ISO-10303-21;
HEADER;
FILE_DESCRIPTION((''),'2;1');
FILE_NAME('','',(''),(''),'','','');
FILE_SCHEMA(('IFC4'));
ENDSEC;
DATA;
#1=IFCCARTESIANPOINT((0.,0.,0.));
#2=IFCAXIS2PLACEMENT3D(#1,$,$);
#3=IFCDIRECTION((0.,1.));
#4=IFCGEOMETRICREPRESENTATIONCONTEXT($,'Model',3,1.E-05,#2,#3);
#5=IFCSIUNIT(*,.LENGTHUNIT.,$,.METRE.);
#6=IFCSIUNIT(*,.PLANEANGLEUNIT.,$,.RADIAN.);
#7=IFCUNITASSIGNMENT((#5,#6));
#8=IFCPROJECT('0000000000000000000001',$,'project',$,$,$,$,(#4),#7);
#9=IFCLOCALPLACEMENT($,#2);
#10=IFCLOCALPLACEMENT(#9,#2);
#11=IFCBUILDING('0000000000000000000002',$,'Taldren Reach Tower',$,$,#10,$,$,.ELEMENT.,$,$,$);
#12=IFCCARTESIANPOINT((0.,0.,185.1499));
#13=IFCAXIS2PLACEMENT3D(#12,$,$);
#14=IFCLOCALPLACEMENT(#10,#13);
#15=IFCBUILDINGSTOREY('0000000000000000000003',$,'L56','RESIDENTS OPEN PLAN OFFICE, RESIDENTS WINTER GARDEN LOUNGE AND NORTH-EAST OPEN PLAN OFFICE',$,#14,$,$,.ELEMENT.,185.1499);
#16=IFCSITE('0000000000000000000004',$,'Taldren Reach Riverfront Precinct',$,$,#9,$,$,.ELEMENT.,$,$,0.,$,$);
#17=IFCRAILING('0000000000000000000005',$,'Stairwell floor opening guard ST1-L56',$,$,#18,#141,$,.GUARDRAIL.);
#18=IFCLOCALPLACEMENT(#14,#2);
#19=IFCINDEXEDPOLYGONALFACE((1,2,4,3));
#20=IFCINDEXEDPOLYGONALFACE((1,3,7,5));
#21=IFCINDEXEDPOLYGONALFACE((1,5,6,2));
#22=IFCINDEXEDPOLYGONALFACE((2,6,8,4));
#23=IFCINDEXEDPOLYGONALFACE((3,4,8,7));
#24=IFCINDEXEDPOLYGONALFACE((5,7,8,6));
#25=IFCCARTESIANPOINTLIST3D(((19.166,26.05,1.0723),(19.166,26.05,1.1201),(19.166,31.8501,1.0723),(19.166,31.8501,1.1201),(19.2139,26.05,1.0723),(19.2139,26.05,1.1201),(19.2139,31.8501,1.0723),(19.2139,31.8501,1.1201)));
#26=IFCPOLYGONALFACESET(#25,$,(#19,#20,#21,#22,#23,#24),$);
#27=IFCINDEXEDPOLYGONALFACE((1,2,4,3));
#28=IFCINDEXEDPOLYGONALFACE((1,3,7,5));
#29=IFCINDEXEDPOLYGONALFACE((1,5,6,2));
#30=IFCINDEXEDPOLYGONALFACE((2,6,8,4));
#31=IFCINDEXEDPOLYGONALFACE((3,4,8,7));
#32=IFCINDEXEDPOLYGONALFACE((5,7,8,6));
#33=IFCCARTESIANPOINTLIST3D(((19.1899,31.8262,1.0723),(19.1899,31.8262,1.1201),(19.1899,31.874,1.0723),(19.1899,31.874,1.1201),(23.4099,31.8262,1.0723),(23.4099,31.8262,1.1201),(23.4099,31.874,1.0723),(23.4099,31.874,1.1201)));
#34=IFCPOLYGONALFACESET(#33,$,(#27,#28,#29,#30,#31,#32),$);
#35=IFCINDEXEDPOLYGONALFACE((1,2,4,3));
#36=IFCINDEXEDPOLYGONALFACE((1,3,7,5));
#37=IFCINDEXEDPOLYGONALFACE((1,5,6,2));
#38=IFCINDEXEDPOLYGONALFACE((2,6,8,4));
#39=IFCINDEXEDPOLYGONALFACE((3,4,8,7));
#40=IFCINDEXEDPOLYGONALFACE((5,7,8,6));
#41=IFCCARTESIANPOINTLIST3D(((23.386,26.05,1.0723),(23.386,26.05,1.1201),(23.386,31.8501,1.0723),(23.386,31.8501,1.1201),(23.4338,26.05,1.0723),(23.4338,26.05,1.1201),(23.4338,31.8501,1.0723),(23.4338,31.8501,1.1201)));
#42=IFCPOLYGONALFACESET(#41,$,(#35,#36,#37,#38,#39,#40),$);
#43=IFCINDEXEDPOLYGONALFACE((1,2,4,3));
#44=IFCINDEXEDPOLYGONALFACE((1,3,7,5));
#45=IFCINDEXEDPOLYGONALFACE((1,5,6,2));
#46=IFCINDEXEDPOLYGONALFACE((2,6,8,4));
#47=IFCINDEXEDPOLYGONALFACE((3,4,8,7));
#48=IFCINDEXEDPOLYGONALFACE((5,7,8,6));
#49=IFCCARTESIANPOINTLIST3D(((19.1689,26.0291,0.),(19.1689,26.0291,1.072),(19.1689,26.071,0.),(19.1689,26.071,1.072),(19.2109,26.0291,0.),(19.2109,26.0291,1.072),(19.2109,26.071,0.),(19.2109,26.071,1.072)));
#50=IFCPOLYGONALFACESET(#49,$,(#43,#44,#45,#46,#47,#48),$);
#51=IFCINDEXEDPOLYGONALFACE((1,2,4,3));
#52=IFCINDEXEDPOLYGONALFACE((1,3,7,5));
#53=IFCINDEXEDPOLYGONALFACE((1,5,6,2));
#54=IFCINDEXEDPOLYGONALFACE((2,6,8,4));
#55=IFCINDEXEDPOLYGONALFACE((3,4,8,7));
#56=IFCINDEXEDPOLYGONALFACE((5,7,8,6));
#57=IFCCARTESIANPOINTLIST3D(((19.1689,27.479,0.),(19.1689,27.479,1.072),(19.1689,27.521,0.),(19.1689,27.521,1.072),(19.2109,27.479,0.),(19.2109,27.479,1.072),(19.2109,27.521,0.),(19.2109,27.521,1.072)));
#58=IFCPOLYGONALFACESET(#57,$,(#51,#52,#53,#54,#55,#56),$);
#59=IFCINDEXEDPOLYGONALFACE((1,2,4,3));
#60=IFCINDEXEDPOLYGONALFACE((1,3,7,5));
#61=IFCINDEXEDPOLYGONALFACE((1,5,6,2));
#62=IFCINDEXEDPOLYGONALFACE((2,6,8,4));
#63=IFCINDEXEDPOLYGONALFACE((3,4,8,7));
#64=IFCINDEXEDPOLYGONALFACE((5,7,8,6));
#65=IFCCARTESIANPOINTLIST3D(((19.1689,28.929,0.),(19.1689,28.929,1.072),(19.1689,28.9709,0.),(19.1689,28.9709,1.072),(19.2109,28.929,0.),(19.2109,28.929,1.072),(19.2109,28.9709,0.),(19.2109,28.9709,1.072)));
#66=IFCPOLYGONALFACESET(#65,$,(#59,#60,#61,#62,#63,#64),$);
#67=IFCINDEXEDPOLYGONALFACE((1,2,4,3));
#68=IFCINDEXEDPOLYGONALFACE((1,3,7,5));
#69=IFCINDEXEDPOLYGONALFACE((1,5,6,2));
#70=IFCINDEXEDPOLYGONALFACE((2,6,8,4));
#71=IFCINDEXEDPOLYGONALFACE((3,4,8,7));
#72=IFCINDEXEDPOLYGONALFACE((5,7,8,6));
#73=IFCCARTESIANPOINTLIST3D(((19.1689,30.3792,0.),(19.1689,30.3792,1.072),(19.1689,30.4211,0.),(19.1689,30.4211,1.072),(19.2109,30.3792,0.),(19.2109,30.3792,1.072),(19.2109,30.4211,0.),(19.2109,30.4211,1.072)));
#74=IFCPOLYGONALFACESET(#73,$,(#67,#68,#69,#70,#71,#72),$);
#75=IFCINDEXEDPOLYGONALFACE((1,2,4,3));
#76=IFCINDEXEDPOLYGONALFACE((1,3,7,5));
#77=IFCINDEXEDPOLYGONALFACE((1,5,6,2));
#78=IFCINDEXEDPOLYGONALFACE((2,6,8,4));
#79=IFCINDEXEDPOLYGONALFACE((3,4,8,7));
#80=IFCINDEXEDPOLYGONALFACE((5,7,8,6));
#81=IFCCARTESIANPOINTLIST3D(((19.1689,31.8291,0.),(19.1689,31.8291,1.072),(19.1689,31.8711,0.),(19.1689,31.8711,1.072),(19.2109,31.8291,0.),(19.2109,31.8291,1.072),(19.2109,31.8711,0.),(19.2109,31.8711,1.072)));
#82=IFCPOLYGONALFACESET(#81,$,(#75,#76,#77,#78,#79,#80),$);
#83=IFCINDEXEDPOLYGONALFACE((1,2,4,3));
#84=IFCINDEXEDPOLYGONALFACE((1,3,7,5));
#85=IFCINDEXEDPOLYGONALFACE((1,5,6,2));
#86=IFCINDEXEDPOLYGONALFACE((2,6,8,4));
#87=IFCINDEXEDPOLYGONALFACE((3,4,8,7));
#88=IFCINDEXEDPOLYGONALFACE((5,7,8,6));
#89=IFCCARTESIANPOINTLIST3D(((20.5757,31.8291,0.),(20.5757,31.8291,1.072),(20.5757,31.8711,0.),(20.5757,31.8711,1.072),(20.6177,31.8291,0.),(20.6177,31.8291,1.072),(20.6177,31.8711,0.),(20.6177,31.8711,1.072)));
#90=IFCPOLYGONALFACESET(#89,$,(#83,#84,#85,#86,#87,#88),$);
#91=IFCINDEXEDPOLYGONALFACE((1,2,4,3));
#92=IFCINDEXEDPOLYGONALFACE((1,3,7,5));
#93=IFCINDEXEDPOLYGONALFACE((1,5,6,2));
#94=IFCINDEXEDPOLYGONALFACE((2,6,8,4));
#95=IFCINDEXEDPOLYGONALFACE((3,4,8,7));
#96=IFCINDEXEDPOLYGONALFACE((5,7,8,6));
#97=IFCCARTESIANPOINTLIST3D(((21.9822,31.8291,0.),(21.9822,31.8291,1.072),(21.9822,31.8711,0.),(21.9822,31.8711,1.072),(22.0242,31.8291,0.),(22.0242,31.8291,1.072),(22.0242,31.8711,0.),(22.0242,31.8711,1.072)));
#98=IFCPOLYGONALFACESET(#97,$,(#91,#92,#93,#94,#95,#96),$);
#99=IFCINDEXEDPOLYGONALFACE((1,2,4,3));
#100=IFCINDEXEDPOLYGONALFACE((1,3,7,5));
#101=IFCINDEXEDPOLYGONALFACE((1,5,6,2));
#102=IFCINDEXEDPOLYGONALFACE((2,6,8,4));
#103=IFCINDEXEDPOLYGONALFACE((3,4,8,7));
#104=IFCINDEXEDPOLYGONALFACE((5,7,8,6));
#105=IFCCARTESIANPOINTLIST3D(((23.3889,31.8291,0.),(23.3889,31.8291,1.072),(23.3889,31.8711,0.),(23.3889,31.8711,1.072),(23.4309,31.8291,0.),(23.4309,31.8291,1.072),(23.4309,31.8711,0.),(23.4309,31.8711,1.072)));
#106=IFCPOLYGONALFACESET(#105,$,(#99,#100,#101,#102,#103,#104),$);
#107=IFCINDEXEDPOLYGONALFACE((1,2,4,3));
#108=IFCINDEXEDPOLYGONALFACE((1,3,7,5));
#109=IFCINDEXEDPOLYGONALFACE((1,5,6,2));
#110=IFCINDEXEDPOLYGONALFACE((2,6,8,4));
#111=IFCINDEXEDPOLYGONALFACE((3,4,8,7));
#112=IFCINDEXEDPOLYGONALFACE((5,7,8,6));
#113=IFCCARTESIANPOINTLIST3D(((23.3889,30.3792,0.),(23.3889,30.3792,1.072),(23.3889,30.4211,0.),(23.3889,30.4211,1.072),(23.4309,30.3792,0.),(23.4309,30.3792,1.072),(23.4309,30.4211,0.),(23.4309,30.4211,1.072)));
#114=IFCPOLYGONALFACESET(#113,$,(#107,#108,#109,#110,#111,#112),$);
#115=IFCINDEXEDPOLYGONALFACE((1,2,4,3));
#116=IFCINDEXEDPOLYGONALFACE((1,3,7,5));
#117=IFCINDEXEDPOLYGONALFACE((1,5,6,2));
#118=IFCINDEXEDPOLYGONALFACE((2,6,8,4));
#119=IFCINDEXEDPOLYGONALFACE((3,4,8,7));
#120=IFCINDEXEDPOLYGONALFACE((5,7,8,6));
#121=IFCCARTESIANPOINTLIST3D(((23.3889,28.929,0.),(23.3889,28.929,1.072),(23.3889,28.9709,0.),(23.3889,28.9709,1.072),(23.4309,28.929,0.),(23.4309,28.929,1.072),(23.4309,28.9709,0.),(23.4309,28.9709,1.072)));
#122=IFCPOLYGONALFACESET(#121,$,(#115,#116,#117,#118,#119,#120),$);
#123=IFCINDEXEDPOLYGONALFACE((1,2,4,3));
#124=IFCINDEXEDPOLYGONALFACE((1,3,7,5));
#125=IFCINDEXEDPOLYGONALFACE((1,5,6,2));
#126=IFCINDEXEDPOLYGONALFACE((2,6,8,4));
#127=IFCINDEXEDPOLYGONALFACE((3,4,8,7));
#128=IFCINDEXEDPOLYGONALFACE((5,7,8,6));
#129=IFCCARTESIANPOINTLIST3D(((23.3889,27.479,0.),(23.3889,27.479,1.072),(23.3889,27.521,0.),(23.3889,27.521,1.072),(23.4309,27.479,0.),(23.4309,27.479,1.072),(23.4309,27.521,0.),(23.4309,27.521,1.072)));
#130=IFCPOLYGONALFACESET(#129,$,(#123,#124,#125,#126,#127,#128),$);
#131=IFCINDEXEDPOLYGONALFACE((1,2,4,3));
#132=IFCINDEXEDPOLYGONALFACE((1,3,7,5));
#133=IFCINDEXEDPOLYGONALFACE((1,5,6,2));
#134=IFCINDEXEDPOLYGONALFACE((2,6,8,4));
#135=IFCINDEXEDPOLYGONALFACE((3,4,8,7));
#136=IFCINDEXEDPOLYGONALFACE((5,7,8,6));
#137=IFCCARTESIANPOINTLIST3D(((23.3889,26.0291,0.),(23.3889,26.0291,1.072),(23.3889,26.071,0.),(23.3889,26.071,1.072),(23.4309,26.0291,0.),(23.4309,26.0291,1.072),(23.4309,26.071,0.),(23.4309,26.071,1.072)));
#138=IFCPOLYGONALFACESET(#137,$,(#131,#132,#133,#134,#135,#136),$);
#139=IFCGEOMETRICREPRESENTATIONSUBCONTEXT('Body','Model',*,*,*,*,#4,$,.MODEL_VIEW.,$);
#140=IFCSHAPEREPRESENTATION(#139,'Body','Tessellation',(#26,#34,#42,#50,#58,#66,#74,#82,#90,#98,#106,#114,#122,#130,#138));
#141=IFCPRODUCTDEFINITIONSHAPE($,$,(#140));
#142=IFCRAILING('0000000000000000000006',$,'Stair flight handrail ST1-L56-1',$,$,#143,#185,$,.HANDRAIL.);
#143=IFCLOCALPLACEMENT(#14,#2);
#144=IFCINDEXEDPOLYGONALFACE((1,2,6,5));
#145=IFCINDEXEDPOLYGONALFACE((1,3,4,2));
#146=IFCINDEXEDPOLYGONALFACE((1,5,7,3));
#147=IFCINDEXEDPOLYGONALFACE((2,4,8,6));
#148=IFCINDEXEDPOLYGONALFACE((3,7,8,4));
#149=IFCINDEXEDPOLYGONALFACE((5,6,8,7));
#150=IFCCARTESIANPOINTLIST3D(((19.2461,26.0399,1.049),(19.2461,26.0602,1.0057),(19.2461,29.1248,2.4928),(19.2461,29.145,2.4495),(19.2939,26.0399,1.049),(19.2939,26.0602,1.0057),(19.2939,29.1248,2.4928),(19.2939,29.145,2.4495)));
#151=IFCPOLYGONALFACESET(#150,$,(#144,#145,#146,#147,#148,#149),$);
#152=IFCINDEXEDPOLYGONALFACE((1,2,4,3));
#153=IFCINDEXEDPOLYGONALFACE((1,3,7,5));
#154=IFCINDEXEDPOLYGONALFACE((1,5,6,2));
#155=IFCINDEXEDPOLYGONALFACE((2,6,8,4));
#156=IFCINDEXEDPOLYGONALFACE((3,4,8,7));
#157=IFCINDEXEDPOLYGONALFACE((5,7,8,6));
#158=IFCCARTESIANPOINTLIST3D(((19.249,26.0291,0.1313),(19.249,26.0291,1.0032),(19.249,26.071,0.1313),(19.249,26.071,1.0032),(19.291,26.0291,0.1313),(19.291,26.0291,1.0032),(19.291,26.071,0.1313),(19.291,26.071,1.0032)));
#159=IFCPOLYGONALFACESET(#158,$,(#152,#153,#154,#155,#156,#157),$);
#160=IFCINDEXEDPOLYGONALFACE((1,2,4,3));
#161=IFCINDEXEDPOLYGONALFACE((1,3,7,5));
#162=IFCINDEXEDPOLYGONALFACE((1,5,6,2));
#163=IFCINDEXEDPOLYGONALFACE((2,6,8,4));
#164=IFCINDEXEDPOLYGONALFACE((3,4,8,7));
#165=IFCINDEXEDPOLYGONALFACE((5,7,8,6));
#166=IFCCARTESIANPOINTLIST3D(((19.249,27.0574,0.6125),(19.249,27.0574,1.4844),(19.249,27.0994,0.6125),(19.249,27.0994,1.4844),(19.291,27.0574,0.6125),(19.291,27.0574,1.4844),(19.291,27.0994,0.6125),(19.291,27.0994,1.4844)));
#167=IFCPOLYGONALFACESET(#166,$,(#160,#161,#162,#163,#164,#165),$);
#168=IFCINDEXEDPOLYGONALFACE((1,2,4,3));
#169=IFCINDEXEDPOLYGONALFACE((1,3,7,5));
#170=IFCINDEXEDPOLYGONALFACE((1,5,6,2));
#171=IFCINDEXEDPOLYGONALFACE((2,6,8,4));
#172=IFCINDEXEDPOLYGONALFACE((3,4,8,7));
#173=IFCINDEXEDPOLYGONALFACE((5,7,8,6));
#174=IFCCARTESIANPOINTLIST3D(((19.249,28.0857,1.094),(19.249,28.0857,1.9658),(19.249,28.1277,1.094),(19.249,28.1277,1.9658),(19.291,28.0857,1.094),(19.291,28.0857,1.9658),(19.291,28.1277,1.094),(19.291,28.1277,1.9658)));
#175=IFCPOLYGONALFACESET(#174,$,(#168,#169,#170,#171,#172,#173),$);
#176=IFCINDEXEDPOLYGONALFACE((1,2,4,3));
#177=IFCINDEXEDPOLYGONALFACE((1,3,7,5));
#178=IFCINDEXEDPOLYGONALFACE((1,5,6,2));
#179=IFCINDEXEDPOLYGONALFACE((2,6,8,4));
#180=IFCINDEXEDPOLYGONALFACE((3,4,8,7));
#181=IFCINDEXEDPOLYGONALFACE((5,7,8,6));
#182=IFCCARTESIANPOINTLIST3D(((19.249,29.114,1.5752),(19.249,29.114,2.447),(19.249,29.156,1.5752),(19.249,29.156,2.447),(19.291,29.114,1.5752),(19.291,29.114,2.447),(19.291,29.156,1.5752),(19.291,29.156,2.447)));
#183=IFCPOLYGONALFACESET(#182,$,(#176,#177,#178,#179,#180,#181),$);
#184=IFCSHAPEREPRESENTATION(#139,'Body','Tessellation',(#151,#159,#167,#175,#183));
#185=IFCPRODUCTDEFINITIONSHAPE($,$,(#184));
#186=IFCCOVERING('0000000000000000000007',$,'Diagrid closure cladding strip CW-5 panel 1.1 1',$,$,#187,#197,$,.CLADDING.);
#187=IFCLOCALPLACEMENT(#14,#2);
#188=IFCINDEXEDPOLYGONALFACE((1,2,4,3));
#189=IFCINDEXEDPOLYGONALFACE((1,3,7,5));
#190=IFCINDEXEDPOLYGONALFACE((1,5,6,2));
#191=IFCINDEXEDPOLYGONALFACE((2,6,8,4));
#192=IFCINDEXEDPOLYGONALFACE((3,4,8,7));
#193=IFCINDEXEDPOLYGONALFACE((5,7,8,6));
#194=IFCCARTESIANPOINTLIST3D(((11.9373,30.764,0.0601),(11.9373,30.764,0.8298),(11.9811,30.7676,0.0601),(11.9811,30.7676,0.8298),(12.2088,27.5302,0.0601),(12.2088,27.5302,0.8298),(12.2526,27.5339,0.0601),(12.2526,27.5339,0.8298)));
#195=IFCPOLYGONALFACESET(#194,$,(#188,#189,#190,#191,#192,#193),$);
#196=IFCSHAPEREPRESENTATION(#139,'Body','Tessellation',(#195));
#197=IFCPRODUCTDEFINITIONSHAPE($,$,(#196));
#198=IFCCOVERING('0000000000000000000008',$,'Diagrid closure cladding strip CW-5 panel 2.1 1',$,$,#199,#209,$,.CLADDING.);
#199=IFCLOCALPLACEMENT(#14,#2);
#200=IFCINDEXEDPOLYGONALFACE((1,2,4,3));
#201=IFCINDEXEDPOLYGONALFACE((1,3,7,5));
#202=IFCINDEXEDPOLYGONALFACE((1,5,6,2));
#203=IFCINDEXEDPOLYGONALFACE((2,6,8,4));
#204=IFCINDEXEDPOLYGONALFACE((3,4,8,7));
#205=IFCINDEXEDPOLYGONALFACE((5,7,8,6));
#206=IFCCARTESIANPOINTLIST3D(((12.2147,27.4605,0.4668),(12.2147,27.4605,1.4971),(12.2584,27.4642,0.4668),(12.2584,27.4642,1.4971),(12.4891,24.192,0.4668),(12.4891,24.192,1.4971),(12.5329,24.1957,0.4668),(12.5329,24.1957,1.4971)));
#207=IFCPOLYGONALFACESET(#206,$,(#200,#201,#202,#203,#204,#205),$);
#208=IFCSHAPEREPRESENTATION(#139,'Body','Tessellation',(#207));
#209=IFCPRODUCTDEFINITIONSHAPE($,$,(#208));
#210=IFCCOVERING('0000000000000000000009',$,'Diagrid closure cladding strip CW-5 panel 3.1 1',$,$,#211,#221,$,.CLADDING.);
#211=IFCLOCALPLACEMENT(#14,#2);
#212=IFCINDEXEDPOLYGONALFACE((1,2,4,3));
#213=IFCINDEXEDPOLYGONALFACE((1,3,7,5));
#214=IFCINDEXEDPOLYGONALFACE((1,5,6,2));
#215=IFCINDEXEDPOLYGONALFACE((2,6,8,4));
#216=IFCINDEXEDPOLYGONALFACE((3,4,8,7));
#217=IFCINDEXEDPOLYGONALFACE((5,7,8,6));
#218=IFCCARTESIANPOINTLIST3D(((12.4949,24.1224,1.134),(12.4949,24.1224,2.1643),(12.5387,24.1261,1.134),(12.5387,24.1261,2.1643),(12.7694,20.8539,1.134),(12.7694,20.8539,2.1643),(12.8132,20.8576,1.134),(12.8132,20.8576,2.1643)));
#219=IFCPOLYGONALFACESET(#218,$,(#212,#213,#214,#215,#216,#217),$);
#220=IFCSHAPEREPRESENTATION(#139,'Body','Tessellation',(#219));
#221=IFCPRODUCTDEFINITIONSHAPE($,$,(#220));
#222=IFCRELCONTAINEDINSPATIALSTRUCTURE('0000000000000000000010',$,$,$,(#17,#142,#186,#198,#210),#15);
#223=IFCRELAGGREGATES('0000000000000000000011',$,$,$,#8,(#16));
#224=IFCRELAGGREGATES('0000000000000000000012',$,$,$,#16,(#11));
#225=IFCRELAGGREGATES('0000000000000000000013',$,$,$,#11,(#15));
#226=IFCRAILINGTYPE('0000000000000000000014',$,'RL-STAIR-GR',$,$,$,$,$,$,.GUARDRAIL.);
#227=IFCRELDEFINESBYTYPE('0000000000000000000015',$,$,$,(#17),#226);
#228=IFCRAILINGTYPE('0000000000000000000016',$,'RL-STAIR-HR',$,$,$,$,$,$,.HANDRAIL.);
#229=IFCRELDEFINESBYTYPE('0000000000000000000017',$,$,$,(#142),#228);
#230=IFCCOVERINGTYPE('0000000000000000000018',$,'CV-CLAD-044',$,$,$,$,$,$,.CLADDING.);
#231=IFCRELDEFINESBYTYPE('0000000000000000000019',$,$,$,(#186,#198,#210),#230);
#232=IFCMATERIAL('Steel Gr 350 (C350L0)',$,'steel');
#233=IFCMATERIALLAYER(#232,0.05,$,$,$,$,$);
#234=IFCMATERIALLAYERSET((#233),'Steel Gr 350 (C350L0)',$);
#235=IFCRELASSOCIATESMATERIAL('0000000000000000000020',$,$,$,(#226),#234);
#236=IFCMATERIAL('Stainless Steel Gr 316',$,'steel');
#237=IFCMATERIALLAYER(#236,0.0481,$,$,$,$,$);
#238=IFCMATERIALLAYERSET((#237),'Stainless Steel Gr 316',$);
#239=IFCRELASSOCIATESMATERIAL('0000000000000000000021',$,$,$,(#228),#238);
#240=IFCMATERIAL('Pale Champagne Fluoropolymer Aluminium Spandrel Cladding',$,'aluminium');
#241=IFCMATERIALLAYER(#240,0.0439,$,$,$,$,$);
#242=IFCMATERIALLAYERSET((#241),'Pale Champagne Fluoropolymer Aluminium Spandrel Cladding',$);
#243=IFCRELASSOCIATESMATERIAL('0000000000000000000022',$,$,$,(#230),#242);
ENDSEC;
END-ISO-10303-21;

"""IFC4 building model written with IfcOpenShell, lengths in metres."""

from ifc_helpers import new_model, si_unit, direction, frame, origin, origin_2d, place, context, subcontext, project, spatial, rectangle, extrude, source, transform, mapped, material, layer, layer_set, type_object, element, save


model = new_model("IFC4")

# Units and contexts
model_context = context("Model", 3, precision=1e-05, world=origin(), true_north=direction((0.0, 1.0)))
body_context = subcontext(model_context, "Body", "Model", "MODEL_VIEW")
ifc_project = project(units=[si_unit("LENGTHUNIT", "METRE"), si_unit("PLANEANGLEUNIT", "RADIAN")], contexts=[model_context])

# Site, building, storey
site_placement = place(None, origin())
site = spatial("IfcSite", under=ifc_project, at=site_placement, Name="Taldren Reach Riverfront Precinct", CompositionType="ELEMENT", RefElevation=0.0)
building_placement = place(site_placement, origin())
building = spatial("IfcBuilding", under=site, at=building_placement, Name="Taldren Reach Tower", CompositionType="ELEMENT")
storey_placement = place(building_placement, frame((0.0, 0.0, 185.1499)))
storey = spatial("IfcBuildingStorey", under=building, at=storey_placement, Name="L56", Description="RESIDENTS OPEN PLAN OFFICE, RESIDENTS WINTER GARDEN LOUNGE AND NORTH-EAST OPEN PLAN OFFICE", CompositionType="ELEMENT", Elevation=185.1499)

# Shared definitions
ifc_material_1 = material(Name="Steel Gr 350 (C350L0)", Category="steel")

# Railings
ifc_layer_1 = layer(ifc_material_1, 0.05)
ifc_layer_set_1 = layer_set([ifc_layer_1], Name="Steel Gr 350 (C350L0)")
railing_type_1 = type_object("IfcRailingType", Name="RL-STAIR-GR", PredefinedType="GUARDRAIL", material=ifc_layer_set_1)
railing_1_placement = place(storey_placement, frame((19.1899, 26.05, 0.0)))
element("IfcRailing", 1, at=railing_1_placement, inside=storey, type_object=railing_type_1, Name="Stairwell floor opening guard ST1-L56", PredefinedType="GUARDRAIL", context=body_context, shape_type="SweptSolid", body=[
    extrude(rectangle(XDim=0.0479, YDim=0.0479, at=origin_2d()), frame((0.0, 0.0, 1.0962), z_axis=(0.0, 1.0, 0.0), x_axis=(-1.0, 0.0, 0.0)), (0.0, 0.0, 1.0), 5.8),
    extrude(rectangle(XDim=0.0479, YDim=0.0479, at=origin_2d()), frame((0.0, 5.8, 1.0962), z_axis=(1.0, 0.0, 0.0), x_axis=(0.0, 1.0, 0.0)), (0.0, 0.0, 1.0), 4.22),
    extrude(rectangle(XDim=0.0479, YDim=0.0479, at=origin_2d()), frame((4.22, 5.8, 1.0962), z_axis=(0.0, -1.0, 0.0), x_axis=(1.0, 0.0, 0.0)), (0.0, 0.0, 1.0), 5.8),
    extrude(rectangle(XDim=0.042, YDim=0.042, at=origin_2d()), origin(), (0.0, 0.0, 1.0), 1.072),
    extrude(rectangle(XDim=0.042, YDim=0.042, at=origin_2d()), frame((0.0, 1.45, 0.0)), (0.0, 0.0, 1.0), 1.072),
    extrude(rectangle(XDim=0.042, YDim=0.042, at=origin_2d()), frame((0.0, 2.8999, 0.0)), (0.0, 0.0, 1.0), 1.072),
    extrude(rectangle(XDim=0.042, YDim=0.042, at=origin_2d()), frame((0.0, 4.3501, 0.0)), (0.0, 0.0, 1.0), 1.072),
    extrude(rectangle(XDim=0.042, YDim=0.042, at=origin_2d()), frame((0.0, 5.8, 0.0)), (0.0, 0.0, 1.0), 1.072),
    extrude(rectangle(XDim=0.042, YDim=0.042, at=origin_2d()), frame((1.4067, 5.8, 0.0)), (0.0, 0.0, 1.0), 1.072),
    extrude(rectangle(XDim=0.042, YDim=0.042, at=origin_2d()), frame((2.8132, 5.8, 0.0)), (0.0, 0.0, 1.0), 1.072),
    extrude(rectangle(XDim=0.042, YDim=0.042, at=origin_2d()), frame((4.22, 5.8, 0.0)), (0.0, 0.0, 1.0), 1.072),
    extrude(rectangle(XDim=0.042, YDim=0.042, at=origin_2d()), frame((4.22, 4.3501, 0.0)), (0.0, 0.0, 1.0), 1.072),
    extrude(rectangle(XDim=0.042, YDim=0.042, at=origin_2d()), frame((4.22, 2.8999, 0.0)), (0.0, 0.0, 1.0), 1.072),
    extrude(rectangle(XDim=0.042, YDim=0.042, at=origin_2d()), frame((4.22, 1.45, 0.0)), (0.0, 0.0, 1.0), 1.072),
    extrude(rectangle(XDim=0.042, YDim=0.042, at=origin_2d()), frame((4.22, 0.0, 0.0)), (0.0, 0.0, 1.0), 1.072),
])
ifc_material_2 = material(Name="Stainless Steel Gr 316", Category="steel")
ifc_layer_2 = layer(ifc_material_2, 0.0481)
ifc_layer_set_2 = layer_set([ifc_layer_2], Name="Stainless Steel Gr 316")
railing_type_2 = type_object("IfcRailingType", Name="RL-STAIR-HR", PredefinedType="HANDRAIL", material=ifc_layer_set_2)
railing_2_placement = place(storey_placement, frame((19.27, 26.05, 0.1313)))
element("IfcRailing", 2, at=railing_2_placement, inside=storey, type_object=railing_type_2, Name="Stair flight handrail ST1-L56-1", PredefinedType="HANDRAIL", context=body_context, shape_type="SweptSolid", body=[
    extrude(rectangle(XDim=0.0479, YDim=0.0479, at=origin_2d()), frame((0.0, 0.0, 0.896), z_axis=(0.0, 0.90571, 0.423898), x_axis=(-1.0, 0.0, 0.0)), (0.0, 0.0, 1.0), 3.406),
    extrude(rectangle(XDim=0.042, YDim=0.042, at=origin_2d()), origin(), (0.0, 0.0, 1.0), 0.8718),
    extrude(rectangle(XDim=0.042, YDim=0.042, at=origin_2d()), frame((0.0, 1.0283, 0.4812)), (0.0, 0.0, 1.0), 0.8718),
    extrude(rectangle(XDim=0.042, YDim=0.042, at=origin_2d()), frame((0.0, 2.0566, 0.9626)), (0.0, 0.0, 1.0), 0.8718),
    extrude(rectangle(XDim=0.042, YDim=0.042, at=origin_2d()), frame((0.0, 3.085, 1.4438)), (0.0, 0.0, 1.0), 0.8718),
])

# Coverings
ifc_material_3 = material(Name="Pale Champagne Fluoropolymer Aluminium Spandrel Cladding", Category="aluminium")
ifc_layer_3 = layer(ifc_material_3, 0.0439)
ifc_layer_set_3 = layer_set([ifc_layer_3], Name="Pale Champagne Fluoropolymer Aluminium Spandrel Cladding")
covering_type = type_object("IfcCoveringType", Name="CV-CLAD-044", PredefinedType="CLADDING", material=ifc_layer_set_3)
shared_shape_1 = source(origin(), body_context, "Body", "SweptSolid", [
    extrude(rectangle(XDim=3.2451, YDim=0.0439, at=origin_2d()), origin(), (0.0, 0.0, 1.0), 0.7698),
])
covering_placement = place(storey_placement, frame((12.095, 29.1489, 0.0601), z_axis=(0.0, 0.0, 1.0), x_axis=(0.083678, -0.996493, 0.0)))
element("IfcCovering", 3, at=covering_placement, inside=storey, type_object=covering_type, Name="Diagrid closure cladding strip CW-5 panel 1.1 1", PredefinedType="CLADDING", context=body_context, shape_type="MappedRepresentation", body=[
    mapped(shared_shape_1, transform((0.0, 0.0, 0.0), scale=1.0)),
])
shared_shape_2 = source(origin(), body_context, "Body", "SweptSolid", [
    extrude(rectangle(XDim=3.28, YDim=0.0439, at=origin_2d()), origin(), (0.0, 0.0, 1.0), 1.0303),
])
for number, where, z_axis, x_axis, name in (
    (4, (12.3738, 25.8281, 0.4668), (0.0, 0.0, 1.0), (0.083678, -0.996493, 0.0), "Diagrid closure cladding strip CW-5 panel 2.1 1"),
    (5, (12.6541, 22.49, 1.134), (0.0, 0.0, 1.0), (0.083678, -0.996493, 0.0), "Diagrid closure cladding strip CW-5 panel 3.1 1"),
):
    element("IfcCovering", number, at=place(storey_placement, frame(where, z_axis=z_axis, x_axis=x_axis)), inside=storey, type_object=covering_type, Name=name, PredefinedType="CLADDING", context=body_context, shape_type="MappedRepresentation", body=[
        mapped(shared_shape_2, transform((0.0, 0.0, 0.0), scale=1.0)),
    ])

save(model, "model.ifc")
